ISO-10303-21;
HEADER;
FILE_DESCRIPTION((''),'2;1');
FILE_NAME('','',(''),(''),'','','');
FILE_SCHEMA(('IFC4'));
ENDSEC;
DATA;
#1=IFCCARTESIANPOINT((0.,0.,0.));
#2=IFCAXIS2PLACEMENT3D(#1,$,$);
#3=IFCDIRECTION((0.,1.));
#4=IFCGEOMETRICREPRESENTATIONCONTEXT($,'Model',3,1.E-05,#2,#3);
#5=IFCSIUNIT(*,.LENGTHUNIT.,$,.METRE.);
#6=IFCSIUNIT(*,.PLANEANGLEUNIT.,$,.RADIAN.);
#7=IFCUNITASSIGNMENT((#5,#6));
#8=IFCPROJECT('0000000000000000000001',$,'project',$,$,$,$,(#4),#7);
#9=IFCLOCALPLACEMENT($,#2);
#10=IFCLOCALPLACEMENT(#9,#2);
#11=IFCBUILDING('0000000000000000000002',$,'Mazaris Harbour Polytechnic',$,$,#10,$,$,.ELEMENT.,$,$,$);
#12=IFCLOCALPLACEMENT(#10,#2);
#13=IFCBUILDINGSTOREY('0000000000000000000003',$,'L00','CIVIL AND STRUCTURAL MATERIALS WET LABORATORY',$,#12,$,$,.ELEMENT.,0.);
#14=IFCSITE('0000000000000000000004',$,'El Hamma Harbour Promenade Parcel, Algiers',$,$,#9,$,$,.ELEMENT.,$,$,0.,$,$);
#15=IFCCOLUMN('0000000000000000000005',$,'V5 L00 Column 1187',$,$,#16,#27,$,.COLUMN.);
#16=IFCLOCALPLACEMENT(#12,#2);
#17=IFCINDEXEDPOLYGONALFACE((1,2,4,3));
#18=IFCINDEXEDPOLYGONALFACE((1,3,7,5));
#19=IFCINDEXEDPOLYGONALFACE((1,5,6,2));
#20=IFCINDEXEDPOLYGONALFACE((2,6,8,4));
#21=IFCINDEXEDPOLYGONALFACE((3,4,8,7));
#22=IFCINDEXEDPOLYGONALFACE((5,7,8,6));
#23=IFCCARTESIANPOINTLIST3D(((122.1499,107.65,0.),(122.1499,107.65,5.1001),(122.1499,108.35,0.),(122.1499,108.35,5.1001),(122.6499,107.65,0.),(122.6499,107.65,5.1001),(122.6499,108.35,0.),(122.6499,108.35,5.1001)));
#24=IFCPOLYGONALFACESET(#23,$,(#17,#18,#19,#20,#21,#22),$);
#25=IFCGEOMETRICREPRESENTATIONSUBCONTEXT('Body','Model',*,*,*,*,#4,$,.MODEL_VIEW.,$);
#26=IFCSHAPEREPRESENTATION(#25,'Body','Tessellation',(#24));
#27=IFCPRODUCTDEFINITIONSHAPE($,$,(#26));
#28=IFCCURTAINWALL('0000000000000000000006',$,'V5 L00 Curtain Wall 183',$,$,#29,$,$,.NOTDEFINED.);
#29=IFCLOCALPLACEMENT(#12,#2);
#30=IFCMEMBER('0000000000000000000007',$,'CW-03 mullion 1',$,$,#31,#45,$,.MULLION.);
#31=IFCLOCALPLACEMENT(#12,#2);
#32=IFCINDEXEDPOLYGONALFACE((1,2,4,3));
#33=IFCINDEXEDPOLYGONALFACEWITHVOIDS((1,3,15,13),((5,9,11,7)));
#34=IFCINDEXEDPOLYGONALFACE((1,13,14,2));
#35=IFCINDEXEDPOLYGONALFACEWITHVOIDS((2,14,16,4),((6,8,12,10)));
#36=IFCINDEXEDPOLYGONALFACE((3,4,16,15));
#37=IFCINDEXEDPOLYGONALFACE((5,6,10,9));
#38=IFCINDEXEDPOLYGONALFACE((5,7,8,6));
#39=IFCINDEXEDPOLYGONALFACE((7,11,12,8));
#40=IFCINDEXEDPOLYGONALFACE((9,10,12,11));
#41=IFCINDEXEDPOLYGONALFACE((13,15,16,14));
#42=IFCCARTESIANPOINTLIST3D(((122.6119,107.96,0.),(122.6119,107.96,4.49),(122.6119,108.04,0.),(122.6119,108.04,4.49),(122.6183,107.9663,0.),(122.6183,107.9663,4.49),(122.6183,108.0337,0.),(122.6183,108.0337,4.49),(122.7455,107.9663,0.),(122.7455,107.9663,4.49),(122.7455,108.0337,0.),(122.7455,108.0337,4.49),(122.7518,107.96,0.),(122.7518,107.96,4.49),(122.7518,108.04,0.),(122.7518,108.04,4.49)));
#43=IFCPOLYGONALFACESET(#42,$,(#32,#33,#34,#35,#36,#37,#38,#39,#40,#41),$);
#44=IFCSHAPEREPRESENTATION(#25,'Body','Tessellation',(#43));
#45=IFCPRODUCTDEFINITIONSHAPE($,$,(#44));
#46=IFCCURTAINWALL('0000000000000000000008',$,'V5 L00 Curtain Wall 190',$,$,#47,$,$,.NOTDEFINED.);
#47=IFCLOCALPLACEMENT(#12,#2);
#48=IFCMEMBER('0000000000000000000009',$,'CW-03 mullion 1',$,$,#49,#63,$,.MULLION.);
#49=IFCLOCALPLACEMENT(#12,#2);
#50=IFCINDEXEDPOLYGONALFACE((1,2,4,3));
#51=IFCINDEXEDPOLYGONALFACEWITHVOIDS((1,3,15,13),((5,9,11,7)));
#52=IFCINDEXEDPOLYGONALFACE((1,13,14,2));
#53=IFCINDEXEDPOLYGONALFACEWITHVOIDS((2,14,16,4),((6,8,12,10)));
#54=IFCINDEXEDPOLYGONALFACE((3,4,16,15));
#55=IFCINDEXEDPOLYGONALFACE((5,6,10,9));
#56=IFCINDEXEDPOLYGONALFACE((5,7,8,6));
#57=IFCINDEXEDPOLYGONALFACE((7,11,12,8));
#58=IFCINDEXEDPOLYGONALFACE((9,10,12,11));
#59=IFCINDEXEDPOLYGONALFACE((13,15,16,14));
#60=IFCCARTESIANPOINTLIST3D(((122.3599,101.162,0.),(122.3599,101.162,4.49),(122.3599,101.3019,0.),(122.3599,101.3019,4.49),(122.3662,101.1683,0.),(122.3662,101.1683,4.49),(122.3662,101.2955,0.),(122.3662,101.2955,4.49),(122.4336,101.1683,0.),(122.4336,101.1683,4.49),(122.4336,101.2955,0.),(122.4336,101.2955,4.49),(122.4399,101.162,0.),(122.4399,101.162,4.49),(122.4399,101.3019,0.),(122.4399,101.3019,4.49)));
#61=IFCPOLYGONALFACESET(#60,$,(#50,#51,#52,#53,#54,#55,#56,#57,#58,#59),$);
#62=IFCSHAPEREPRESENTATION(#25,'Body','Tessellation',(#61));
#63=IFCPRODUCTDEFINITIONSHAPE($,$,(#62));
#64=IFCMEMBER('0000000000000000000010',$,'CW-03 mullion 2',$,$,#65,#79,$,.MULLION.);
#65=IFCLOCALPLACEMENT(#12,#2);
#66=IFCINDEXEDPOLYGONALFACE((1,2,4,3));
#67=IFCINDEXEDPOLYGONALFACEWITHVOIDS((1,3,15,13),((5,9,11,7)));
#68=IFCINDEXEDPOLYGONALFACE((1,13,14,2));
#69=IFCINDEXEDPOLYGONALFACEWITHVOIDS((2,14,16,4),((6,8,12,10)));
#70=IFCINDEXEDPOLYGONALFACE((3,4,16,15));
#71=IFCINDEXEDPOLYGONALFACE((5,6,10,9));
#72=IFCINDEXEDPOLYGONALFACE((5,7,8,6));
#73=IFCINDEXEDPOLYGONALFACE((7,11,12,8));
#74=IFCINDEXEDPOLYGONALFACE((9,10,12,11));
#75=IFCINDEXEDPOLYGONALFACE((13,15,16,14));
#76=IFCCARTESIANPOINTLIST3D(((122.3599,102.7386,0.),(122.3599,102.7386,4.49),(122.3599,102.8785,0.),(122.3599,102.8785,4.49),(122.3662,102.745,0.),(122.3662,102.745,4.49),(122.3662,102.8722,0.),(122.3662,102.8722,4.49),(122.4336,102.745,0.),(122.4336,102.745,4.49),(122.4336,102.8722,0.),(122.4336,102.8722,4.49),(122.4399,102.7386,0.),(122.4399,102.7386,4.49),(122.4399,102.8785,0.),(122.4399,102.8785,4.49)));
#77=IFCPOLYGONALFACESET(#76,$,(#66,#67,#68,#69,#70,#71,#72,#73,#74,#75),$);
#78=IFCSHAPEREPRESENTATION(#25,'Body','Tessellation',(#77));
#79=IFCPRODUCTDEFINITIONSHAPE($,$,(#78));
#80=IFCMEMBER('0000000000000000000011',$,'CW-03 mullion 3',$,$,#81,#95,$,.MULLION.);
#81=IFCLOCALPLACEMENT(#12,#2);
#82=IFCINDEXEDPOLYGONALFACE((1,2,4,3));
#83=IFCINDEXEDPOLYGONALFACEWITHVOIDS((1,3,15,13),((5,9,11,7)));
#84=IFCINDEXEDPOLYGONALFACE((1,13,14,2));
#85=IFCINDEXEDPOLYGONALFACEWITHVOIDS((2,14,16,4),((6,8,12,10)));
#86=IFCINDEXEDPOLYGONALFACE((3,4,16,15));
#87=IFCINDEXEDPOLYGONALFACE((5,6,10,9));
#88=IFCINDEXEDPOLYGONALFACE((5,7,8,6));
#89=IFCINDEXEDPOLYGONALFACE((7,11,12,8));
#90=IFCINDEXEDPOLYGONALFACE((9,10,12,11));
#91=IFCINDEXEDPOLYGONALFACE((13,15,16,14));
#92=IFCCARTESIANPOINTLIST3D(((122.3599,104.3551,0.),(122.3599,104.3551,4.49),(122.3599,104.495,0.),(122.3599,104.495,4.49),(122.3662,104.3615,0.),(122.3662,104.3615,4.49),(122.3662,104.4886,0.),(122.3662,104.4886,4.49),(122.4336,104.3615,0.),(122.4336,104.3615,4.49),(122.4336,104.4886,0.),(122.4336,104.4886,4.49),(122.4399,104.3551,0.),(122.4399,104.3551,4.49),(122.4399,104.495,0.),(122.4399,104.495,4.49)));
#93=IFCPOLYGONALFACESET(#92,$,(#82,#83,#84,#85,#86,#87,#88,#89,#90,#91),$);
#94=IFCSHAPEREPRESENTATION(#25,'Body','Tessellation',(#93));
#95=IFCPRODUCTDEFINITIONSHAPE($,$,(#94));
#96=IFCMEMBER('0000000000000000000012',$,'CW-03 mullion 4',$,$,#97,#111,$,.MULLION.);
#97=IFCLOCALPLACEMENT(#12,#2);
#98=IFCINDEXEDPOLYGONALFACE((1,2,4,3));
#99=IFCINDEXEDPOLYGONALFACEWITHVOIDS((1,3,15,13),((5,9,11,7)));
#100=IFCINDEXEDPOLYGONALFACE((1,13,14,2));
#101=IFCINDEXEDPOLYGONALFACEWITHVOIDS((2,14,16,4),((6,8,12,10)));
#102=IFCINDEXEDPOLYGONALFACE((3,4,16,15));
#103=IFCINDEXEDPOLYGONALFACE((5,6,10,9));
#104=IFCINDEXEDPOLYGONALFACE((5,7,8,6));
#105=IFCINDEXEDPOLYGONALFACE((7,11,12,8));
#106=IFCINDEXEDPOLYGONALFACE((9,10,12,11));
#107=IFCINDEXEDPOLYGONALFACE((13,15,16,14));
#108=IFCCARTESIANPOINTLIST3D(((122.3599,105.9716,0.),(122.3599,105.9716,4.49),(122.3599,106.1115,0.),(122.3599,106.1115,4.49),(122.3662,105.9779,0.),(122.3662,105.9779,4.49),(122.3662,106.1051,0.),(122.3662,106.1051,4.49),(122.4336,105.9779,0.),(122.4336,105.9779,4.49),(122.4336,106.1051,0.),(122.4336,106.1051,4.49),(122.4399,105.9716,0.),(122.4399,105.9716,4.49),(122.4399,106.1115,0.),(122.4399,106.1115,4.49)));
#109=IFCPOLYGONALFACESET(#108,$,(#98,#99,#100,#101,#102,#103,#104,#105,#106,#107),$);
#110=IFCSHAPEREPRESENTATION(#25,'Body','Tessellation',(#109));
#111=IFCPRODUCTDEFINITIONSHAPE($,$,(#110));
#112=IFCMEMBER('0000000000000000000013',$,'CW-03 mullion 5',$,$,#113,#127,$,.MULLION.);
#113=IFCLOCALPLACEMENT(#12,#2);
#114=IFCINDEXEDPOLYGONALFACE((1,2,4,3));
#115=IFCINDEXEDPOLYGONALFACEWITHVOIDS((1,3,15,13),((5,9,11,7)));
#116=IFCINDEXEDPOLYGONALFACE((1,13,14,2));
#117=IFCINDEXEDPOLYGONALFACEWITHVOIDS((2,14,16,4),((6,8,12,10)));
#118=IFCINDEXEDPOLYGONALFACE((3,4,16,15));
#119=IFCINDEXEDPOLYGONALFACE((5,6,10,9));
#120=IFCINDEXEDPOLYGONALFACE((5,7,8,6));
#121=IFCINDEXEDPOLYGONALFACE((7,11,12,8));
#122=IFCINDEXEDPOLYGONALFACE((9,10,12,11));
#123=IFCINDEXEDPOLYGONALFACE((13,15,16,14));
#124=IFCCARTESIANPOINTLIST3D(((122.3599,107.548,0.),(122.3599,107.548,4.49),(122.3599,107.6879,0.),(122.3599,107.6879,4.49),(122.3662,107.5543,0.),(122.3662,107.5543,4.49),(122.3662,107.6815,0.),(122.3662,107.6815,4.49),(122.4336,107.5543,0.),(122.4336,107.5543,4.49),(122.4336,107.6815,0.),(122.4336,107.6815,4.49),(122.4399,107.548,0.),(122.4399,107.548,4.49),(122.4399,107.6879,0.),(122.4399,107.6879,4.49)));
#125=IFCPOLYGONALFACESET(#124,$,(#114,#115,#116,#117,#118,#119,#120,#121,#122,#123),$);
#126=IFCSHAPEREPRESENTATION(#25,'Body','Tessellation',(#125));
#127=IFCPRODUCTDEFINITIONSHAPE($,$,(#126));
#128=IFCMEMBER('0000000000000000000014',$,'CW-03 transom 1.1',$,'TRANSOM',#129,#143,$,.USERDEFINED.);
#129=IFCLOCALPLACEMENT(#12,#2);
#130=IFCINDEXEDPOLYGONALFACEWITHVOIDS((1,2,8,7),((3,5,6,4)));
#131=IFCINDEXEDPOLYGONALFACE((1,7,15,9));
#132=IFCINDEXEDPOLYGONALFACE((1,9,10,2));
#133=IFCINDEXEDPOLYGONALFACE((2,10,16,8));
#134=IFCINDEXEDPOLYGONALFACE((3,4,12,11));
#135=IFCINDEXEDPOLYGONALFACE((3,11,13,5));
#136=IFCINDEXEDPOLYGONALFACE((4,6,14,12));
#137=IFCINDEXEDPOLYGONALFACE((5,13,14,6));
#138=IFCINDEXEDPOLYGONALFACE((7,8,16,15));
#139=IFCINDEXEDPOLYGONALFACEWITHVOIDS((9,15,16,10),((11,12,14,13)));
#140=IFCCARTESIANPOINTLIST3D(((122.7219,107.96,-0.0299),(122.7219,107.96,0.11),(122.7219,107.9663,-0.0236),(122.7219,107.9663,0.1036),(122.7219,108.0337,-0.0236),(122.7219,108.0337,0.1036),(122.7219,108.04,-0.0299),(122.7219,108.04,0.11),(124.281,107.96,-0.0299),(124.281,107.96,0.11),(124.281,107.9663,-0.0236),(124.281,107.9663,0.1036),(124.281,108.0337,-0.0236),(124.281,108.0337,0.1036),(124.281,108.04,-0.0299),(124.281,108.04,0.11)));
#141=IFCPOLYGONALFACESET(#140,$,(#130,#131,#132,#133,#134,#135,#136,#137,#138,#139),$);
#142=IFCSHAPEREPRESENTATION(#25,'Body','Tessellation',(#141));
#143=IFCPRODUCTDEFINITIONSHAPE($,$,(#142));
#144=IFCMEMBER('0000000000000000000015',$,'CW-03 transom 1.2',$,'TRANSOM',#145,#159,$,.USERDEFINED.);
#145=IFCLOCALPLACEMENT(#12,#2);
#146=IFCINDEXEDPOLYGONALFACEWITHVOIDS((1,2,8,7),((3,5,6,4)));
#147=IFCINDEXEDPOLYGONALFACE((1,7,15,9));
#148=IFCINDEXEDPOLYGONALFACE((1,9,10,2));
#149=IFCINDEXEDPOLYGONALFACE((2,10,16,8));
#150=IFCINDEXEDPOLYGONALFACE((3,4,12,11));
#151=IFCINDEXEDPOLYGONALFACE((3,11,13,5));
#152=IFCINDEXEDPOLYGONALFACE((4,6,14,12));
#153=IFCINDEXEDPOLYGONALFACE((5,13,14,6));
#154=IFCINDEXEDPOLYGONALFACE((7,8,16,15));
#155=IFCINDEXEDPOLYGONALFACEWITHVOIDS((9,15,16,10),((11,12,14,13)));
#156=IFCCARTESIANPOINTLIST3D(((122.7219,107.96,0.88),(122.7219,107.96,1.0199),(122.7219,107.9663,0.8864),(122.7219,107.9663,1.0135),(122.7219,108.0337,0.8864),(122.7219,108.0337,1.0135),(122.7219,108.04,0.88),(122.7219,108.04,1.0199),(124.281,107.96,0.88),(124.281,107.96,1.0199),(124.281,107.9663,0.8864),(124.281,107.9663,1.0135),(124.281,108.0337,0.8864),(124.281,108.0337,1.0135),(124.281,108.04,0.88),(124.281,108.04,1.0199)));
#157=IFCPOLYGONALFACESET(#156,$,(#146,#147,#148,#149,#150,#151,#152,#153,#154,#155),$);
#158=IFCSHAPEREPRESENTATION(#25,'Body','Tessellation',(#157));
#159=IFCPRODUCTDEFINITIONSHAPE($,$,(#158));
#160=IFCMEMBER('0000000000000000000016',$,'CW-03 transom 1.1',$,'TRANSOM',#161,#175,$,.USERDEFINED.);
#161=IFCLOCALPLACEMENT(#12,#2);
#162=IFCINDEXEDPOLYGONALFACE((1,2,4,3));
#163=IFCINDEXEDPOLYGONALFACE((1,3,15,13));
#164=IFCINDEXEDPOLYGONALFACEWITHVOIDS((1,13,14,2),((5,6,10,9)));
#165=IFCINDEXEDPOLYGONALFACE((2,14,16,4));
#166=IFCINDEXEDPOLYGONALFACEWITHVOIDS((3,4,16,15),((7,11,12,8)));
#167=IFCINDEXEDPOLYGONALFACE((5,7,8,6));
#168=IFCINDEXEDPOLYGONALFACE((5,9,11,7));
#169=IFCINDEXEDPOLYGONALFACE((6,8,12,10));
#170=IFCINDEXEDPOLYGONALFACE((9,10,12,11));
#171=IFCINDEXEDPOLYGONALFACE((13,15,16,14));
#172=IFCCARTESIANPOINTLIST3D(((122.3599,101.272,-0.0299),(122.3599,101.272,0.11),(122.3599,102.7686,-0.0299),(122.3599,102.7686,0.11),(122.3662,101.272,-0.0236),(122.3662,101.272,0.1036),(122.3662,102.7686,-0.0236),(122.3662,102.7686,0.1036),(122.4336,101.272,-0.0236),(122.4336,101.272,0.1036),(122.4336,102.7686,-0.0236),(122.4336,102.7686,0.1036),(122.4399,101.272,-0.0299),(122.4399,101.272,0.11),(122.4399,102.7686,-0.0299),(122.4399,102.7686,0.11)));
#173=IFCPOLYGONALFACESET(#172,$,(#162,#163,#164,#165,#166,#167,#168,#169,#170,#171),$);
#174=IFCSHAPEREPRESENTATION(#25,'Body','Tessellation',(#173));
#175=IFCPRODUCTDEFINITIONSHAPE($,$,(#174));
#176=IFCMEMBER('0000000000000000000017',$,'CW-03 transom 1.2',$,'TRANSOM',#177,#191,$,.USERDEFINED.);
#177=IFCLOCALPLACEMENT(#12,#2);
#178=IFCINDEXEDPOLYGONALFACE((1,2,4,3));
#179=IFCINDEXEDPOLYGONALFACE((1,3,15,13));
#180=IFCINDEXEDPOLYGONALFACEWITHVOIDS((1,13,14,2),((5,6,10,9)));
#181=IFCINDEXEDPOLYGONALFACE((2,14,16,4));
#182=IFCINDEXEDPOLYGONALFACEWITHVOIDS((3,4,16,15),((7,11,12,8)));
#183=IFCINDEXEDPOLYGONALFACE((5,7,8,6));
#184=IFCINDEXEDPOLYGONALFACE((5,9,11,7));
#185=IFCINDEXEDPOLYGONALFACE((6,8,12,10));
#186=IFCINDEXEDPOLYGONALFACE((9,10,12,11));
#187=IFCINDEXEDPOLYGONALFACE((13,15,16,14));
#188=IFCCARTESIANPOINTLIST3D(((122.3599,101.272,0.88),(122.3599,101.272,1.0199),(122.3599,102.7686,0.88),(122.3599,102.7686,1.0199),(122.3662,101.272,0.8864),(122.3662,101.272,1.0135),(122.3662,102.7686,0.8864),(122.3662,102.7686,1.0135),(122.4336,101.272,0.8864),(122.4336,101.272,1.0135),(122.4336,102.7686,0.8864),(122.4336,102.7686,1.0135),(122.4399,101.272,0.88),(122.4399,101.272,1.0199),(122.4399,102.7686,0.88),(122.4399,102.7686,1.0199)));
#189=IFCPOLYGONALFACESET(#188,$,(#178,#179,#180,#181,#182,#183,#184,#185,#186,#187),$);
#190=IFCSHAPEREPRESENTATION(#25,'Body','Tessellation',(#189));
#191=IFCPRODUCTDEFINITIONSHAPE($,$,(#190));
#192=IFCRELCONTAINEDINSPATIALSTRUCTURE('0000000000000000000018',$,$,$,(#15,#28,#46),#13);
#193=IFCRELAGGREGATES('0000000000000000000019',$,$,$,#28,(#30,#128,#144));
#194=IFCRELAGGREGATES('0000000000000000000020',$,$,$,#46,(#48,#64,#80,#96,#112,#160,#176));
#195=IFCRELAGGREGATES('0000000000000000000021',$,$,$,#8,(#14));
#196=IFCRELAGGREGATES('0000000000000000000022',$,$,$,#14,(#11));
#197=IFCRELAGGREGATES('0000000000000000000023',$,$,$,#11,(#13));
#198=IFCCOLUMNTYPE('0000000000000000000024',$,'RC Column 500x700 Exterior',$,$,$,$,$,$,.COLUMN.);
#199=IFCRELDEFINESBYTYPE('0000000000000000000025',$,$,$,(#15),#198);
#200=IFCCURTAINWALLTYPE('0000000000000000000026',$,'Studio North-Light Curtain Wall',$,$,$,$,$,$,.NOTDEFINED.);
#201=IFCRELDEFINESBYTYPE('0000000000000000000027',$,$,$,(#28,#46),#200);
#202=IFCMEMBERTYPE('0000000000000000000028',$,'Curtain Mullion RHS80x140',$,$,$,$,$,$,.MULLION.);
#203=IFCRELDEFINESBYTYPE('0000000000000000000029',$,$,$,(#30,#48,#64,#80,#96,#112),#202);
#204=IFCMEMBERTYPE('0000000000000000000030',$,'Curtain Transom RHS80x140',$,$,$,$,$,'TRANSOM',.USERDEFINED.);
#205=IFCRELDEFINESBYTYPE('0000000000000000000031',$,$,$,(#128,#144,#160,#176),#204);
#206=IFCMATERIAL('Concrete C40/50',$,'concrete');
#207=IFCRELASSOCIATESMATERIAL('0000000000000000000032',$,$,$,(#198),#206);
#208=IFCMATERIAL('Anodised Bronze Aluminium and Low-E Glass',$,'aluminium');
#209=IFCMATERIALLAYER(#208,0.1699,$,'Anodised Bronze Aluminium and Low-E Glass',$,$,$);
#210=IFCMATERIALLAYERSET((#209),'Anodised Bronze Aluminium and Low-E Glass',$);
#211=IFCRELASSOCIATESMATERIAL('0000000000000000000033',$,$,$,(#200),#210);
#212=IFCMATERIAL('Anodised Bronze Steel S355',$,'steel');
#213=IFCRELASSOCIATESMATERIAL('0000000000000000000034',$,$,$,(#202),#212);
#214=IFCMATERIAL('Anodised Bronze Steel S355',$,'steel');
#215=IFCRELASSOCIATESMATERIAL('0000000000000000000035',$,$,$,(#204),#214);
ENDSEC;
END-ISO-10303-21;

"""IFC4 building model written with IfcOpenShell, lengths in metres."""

from ifc_helpers import new_model, si_unit, direction, frame, origin, origin_2d, place, context, subcontext, project, spatial, rectangle, hollow_rectangle, extrude, material, layer, layer_set, material_profile, profile_set, type_object, element, aggregate, save


model = new_model("IFC4")

# Units and contexts
model_context = context("Model", 3, precision=1e-05, world=origin(), true_north=direction((0.0, 1.0)))
body_context = subcontext(model_context, "Body", "Model", "MODEL_VIEW")
ifc_project = project(units=[si_unit("LENGTHUNIT", "METRE"), si_unit("PLANEANGLEUNIT", "RADIAN")], contexts=[model_context])

# Site, building, storey
site_placement = place(None, origin())
site = spatial("IfcSite", under=ifc_project, at=site_placement, Name="El Hamma Harbour Promenade Parcel, Algiers", CompositionType="ELEMENT", RefElevation=0.0)
building_placement = place(site_placement, origin())
building = spatial("IfcBuilding", under=site, at=building_placement, Name="Mazaris Harbour Polytechnic", CompositionType="ELEMENT")
storey_placement = place(building_placement, origin())
storey = spatial("IfcBuildingStorey", under=building, at=storey_placement, Name="L00", Description="CIVIL AND STRUCTURAL MATERIALS WET LABORATORY", CompositionType="ELEMENT", Elevation=0.0)

# Column
ifc_material_1 = material(Name="Concrete C40/50", Category="concrete")
ifc_material_profile_1 = material_profile(ifc_material_1, rectangle(XDim=0.5, YDim=0.7, at=origin_2d()), Name="RECT500x700")
ifc_profile_set_1 = profile_set([ifc_material_profile_1], Name="Concrete C40/50")
column_type = type_object("IfcColumnType", Name="RC Column 500x700 Exterior", PredefinedType="COLUMN", material=ifc_profile_set_1)
column_placement = place(storey_placement, frame((122.3999, 108.0, 0.0), z_axis=(0.0, 0.0, 1.0), x_axis=(1.0, 0.0, 0.0)))
element("IfcColumn", 1, at=column_placement, inside=storey, type_object=column_type, Name="V5 L00 Column 1187", PredefinedType="COLUMN", context=body_context, shape_type="SweptSolid", body=[
    extrude(rectangle(XDim=0.5, YDim=0.7, at=origin_2d()), origin(), (0.0, 0.0, 1.0), 5.1001),
])

# Curtain wall, member
ifc_material_2 = material(Name="Anodised Bronze Aluminium and Low-E Glass", Category="aluminium")
ifc_layer_1 = layer(ifc_material_2, 0.1699, Name="Anodised Bronze Aluminium and Low-E Glass")
ifc_layer_set_1 = layer_set([ifc_layer_1], Name="Anodised Bronze Aluminium and Low-E Glass")
curtain_wall_type = type_object("IfcCurtainWallType", Name="Studio North-Light Curtain Wall", PredefinedType="NOTDEFINED", material=ifc_layer_set_1)
curtain_wall_1_placement = place(storey_placement, origin())
curtain_wall_1 = element("IfcCurtainWall", 2, at=curtain_wall_1_placement, inside=storey, type_object=curtain_wall_type, Name="V5 L00 Curtain Wall 183", PredefinedType="NOTDEFINED")
ifc_material_3 = material(Name="Anodised Bronze Steel S355", Category="steel")
ifc_material_profile_2 = material_profile(ifc_material_3, hollow_rectangle(XDim=0.0801, YDim=0.1399, WallThickness=0.0063, at=origin_2d()), Name="RHS 80x140x6.3")
ifc_profile_set_2 = profile_set([ifc_material_profile_2], Name="Anodised Bronze Steel S355")
member_type_1 = type_object("IfcMemberType", Name="Curtain Mullion RHS80x140", PredefinedType="MULLION", material=ifc_profile_set_2)
member_1_placement = place(storey_placement, frame((122.6819, 108.0, 0.0), z_axis=(0.0, 0.0, 1.0), x_axis=(0.0, 1.0, 0.0)))
member_1 = element("IfcMember", 3, at=member_1_placement, type_object=member_type_1, Name="CW-03 mullion 1", PredefinedType="MULLION", context=body_context, shape_type="SweptSolid", body=[
    extrude(hollow_rectangle(XDim=0.0801, YDim=0.1399, WallThickness=0.0063, at=origin_2d()), origin(), (0.0, 0.0, 1.0), 4.49),
])

# Curtain wall, members
curtain_wall_2_placement = place(storey_placement, origin())
curtain_wall_2 = element("IfcCurtainWall", 4, at=curtain_wall_2_placement, inside=storey, type_object=curtain_wall_type, Name="V5 L00 Curtain Wall 190", PredefinedType="NOTDEFINED")
member_2_placement = place(storey_placement, frame((122.3999, 101.2319, 0.0), z_axis=(0.0, 0.0, 1.0), x_axis=(-1.0, 0.0, 0.0)))
member_2 = element("IfcMember", 5, at=member_2_placement, type_object=member_type_1, Name="CW-03 mullion 1", PredefinedType="MULLION", context=body_context, shape_type="SweptSolid", body=[
    extrude(hollow_rectangle(XDim=0.0801, YDim=0.1399, WallThickness=0.0063, at=origin_2d()), origin(), (0.0, 0.0, 1.0), 4.49),
])
member_3_placement = place(storey_placement, frame((122.3999, 102.8086, 0.0), z_axis=(0.0, 0.0, 1.0), x_axis=(-1.0, 0.0, 0.0)))
member_3 = element("IfcMember", 6, at=member_3_placement, type_object=member_type_1, Name="CW-03 mullion 2", PredefinedType="MULLION", context=body_context, shape_type="SweptSolid", body=[
    extrude(hollow_rectangle(XDim=0.0801, YDim=0.1399, WallThickness=0.0063, at=origin_2d()), origin(), (0.0, 0.0, 1.0), 4.49),
])
member_4_placement = place(storey_placement, frame((122.3999, 104.425, 0.0), z_axis=(0.0, 0.0, 1.0), x_axis=(-1.0, 0.0, 0.0)))
member_4 = element("IfcMember", 7, at=member_4_placement, type_object=member_type_1, Name="CW-03 mullion 3", PredefinedType="MULLION", context=body_context, shape_type="SweptSolid", body=[
    extrude(hollow_rectangle(XDim=0.0801, YDim=0.1399, WallThickness=0.0063, at=origin_2d()), origin(), (0.0, 0.0, 1.0), 4.49),
])
member_5_placement = place(storey_placement, frame((122.3999, 106.0415, 0.0), z_axis=(0.0, 0.0, 1.0), x_axis=(-1.0, 0.0, 0.0)))
member_5 = element("IfcMember", 8, at=member_5_placement, type_object=member_type_1, Name="CW-03 mullion 4", PredefinedType="MULLION", context=body_context, shape_type="SweptSolid", body=[
    extrude(hollow_rectangle(XDim=0.0801, YDim=0.1399, WallThickness=0.0063, at=origin_2d()), origin(), (0.0, 0.0, 1.0), 4.49),
])
member_6_placement = place(storey_placement, frame((122.3999, 107.6179, 0.0), z_axis=(0.0, 0.0, 1.0), x_axis=(-1.0, 0.0, 0.0)))
member_6 = element("IfcMember", 9, at=member_6_placement, type_object=member_type_1, Name="CW-03 mullion 5", PredefinedType="MULLION", context=body_context, shape_type="SweptSolid", body=[
    extrude(hollow_rectangle(XDim=0.0801, YDim=0.1399, WallThickness=0.0063, at=origin_2d()), origin(), (0.0, 0.0, 1.0), 4.49),
])

# Members
ifc_material_4 = material(Name="Anodised Bronze Steel S355", Category="steel")
ifc_material_profile_3 = material_profile(ifc_material_4, hollow_rectangle(XDim=0.0801, YDim=0.1399, WallThickness=0.0063, at=origin_2d()), Name="RHS 80x140x6.3")
ifc_profile_set_3 = profile_set([ifc_material_profile_3], Name="Anodised Bronze Steel S355")
member_type_2 = type_object("IfcMemberType", Name="Curtain Transom RHS80x140", ElementType="TRANSOM", PredefinedType="USERDEFINED", material=ifc_profile_set_3)
member_7_placement = place(storey_placement, frame((122.7219, 108.0, 0.04), z_axis=(1.0, 0.0, 0.0), x_axis=(0.0, 1.0, 0.0)))
member_7 = element("IfcMember", 10, at=member_7_placement, type_object=member_type_2, Name="CW-03 transom 1.1", ObjectType="TRANSOM", PredefinedType="USERDEFINED", context=body_context, shape_type="SweptSolid", body=[
    extrude(hollow_rectangle(XDim=0.0801, YDim=0.1399, WallThickness=0.0063, at=origin_2d()), origin(), (0.0, 0.0, 1.0), 1.5591),
])
member_8_placement = place(storey_placement, frame((122.7219, 108.0, 0.95), z_axis=(1.0, 0.0, 0.0), x_axis=(0.0, 1.0, 0.0)))
member_8 = element("IfcMember", 11, at=member_8_placement, type_object=member_type_2, Name="CW-03 transom 1.2", ObjectType="TRANSOM", PredefinedType="USERDEFINED", context=body_context, shape_type="SweptSolid", body=[
    extrude(hollow_rectangle(XDim=0.0801, YDim=0.1399, WallThickness=0.0063, at=origin_2d()), origin(), (0.0, 0.0, 1.0), 1.5591),
])
aggregate(curtain_wall_1, [member_1, member_7, member_8])
member_9_placement = place(storey_placement, frame((122.3999, 101.272, 0.04), z_axis=(0.0, 1.0, 0.0), x_axis=(-1.0, 0.0, 0.0)))
member_9 = element("IfcMember", 12, at=member_9_placement, type_object=member_type_2, Name="CW-03 transom 1.1", ObjectType="TRANSOM", PredefinedType="USERDEFINED", context=body_context, shape_type="SweptSolid", body=[
    extrude(hollow_rectangle(XDim=0.0801, YDim=0.1399, WallThickness=0.0063, at=origin_2d()), origin(), (0.0, 0.0, 1.0), 1.4966),
])
member_10_placement = place(storey_placement, frame((122.3999, 101.272, 0.95), z_axis=(0.0, 1.0, 0.0), x_axis=(-1.0, 0.0, 0.0)))
member_10 = element("IfcMember", 13, at=member_10_placement, type_object=member_type_2, Name="CW-03 transom 1.2", ObjectType="TRANSOM", PredefinedType="USERDEFINED", context=body_context, shape_type="SweptSolid", body=[
    extrude(hollow_rectangle(XDim=0.0801, YDim=0.1399, WallThickness=0.0063, at=origin_2d()), origin(), (0.0, 0.0, 1.0), 1.4966),
])

aggregate(curtain_wall_2, [member_2, member_3, member_4, member_5, member_6, member_9, member_10])

save(model, "model.ifc")
